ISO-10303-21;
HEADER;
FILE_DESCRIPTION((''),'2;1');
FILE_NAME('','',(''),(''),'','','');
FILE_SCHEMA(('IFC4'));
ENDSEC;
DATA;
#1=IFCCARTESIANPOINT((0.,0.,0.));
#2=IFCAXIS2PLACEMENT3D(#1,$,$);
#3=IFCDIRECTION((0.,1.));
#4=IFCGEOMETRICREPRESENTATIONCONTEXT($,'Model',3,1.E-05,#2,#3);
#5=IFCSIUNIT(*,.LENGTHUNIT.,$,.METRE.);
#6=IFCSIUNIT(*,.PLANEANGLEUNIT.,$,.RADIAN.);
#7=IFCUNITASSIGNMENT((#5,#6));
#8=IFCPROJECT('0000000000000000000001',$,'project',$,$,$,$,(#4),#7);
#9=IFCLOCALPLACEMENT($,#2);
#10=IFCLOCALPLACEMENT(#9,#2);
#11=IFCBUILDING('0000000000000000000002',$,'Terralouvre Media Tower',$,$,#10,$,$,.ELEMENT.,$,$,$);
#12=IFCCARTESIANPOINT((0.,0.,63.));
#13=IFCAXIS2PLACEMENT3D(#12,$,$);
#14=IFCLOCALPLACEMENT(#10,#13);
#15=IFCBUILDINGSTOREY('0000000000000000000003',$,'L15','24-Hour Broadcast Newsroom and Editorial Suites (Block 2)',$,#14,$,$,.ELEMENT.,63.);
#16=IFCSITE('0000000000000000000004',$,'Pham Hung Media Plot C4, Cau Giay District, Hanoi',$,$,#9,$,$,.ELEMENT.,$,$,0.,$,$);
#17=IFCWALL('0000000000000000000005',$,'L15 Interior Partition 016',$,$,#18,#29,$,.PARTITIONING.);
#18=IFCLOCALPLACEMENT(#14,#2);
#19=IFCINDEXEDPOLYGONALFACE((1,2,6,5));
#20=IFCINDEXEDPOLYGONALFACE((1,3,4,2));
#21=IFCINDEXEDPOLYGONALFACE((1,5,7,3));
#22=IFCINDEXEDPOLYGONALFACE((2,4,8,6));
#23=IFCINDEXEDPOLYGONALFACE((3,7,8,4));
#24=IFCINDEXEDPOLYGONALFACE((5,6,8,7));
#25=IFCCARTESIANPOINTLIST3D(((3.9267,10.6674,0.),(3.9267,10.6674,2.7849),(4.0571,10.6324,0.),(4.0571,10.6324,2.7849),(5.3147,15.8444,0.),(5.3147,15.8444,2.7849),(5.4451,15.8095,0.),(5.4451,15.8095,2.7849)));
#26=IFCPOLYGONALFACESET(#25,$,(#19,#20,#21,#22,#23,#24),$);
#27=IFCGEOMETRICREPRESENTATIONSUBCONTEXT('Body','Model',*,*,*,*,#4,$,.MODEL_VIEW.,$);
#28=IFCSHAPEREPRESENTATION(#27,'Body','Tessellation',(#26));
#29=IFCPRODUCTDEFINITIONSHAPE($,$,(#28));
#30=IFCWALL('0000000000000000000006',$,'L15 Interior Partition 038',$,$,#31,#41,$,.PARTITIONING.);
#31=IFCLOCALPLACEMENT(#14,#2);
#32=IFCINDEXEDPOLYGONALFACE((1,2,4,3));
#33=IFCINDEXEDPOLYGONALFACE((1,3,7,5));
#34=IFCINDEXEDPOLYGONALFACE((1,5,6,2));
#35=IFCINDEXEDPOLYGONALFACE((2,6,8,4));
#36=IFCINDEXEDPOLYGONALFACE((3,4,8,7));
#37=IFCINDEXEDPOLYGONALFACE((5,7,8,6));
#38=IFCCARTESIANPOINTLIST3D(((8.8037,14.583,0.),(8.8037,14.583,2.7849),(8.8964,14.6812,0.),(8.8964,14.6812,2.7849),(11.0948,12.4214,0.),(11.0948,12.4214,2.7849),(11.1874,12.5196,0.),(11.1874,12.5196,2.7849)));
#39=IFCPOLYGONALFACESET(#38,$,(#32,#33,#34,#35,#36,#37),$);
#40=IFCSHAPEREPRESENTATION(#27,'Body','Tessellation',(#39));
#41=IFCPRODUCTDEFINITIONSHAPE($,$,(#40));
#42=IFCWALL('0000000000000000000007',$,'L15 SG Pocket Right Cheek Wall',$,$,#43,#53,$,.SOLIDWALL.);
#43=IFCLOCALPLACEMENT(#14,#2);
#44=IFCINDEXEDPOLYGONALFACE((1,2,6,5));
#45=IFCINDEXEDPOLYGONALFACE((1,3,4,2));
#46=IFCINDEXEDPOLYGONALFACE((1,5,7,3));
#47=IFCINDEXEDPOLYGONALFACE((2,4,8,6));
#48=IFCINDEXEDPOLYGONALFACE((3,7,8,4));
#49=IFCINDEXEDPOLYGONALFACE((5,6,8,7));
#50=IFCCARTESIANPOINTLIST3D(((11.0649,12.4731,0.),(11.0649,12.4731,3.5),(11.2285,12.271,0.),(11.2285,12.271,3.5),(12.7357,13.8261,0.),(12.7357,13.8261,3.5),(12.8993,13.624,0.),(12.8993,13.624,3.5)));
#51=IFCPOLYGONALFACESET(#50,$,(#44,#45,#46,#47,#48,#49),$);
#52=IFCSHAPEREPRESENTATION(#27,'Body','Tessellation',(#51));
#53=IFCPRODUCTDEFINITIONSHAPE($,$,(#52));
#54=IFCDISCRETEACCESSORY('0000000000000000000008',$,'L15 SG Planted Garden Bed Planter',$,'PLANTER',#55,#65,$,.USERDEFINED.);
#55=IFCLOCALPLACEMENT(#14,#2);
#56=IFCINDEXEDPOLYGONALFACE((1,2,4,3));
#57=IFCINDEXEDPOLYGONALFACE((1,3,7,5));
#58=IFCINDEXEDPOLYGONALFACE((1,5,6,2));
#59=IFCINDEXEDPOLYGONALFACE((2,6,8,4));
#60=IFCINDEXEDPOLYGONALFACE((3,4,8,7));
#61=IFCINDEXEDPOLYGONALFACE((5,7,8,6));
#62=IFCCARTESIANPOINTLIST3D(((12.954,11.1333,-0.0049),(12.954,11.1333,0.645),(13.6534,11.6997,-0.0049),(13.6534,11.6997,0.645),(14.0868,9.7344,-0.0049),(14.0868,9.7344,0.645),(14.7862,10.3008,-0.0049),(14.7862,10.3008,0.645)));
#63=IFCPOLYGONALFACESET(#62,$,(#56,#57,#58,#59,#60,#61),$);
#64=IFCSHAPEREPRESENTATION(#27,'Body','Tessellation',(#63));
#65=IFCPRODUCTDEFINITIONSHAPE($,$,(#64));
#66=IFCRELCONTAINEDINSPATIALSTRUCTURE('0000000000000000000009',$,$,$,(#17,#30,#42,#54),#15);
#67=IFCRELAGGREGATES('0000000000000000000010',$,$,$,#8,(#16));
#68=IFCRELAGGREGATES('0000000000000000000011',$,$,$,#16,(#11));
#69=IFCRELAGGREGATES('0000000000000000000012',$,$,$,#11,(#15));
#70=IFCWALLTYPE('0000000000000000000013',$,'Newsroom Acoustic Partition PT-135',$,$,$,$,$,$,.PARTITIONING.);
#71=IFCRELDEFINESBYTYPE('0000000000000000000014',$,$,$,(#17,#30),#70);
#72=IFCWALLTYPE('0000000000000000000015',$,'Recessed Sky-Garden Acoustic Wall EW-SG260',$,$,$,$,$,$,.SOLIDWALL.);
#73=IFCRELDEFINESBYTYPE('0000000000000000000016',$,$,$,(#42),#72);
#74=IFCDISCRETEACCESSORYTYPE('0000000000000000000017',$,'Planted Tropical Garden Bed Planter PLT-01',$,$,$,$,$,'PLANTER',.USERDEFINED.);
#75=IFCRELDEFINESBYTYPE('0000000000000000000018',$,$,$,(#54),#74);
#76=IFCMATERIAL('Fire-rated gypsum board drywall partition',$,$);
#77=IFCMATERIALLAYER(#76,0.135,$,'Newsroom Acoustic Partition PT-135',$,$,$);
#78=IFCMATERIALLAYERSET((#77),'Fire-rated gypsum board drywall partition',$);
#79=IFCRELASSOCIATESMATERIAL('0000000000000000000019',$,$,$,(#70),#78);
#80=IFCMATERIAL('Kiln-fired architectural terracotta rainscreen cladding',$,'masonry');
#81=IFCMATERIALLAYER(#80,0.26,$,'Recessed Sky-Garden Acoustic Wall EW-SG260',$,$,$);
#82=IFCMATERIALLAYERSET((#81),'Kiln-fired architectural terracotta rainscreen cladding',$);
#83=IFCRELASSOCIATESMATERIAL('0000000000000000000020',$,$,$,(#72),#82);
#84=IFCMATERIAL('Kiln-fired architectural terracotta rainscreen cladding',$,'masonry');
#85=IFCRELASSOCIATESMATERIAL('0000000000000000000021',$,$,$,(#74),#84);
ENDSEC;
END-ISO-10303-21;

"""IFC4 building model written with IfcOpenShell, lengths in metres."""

from ifc_helpers import new_model, si_unit, direction, frame, frame_2d, origin, origin_2d, place, context, subcontext, project, spatial, rectangle, extrude, material, layer, layer_set, type_object, element, save


model = new_model("IFC4")

# Units and contexts
model_context = context("Model", 3, precision=1e-05, world=origin(), true_north=direction((0.0, 1.0)))
body_context = subcontext(model_context, "Body", "Model", "MODEL_VIEW")
ifc_project = project(units=[si_unit("LENGTHUNIT", "METRE"), si_unit("PLANEANGLEUNIT", "RADIAN")], contexts=[model_context])

# Site, building, storey
site_placement = place(None, origin())
site = spatial("IfcSite", under=ifc_project, at=site_placement, Name="Pham Hung Media Plot C4, Cau Giay District, Hanoi", CompositionType="ELEMENT", RefElevation=0.0)
building_placement = place(site_placement, origin())
building = spatial("IfcBuilding", under=site, at=building_placement, Name="Terralouvre Media Tower", CompositionType="ELEMENT")
storey_placement = place(building_placement, frame((0.0, 0.0, 63.0)))
storey = spatial("IfcBuildingStorey", under=building, at=storey_placement, Name="L15", Description="24-Hour Broadcast Newsroom and Editorial Suites (Block 2)", CompositionType="ELEMENT", Elevation=63.0)

# Shared definitions
ifc_material_1 = material(Name="Fire-rated gypsum board drywall partition")
ifc_layer_1 = layer(ifc_material_1, 0.135, Name="Newsroom Acoustic Partition PT-135")
ifc_layer_set_1 = layer_set([ifc_layer_1], Name="Fire-rated gypsum board drywall partition")
wall_type_1 = type_object("IfcWallType", Name="Newsroom Acoustic Partition PT-135", PredefinedType="PARTITIONING", material=ifc_layer_set_1)

# Walls
wall_1_placement = place(storey_placement, frame((3.9919, 10.6499, 0.0), z_axis=(0.0, 0.0, 1.0), x_axis=(0.258952, 0.96589, 0.0)))
element("IfcWall", 1, at=wall_1_placement, inside=storey, type_object=wall_type_1, Name="L15 Interior Partition 016", PredefinedType="PARTITIONING", context=body_context, shape_type="SweptSolid", body=[
    extrude(rectangle(XDim=5.3599, YDim=0.135, at=frame_2d((2.6799, 0.0))), origin(), (0.0, 0.0, 1.0), 2.7849),
])
wall_2_placement = place(storey_placement, frame((11.1411, 12.4705, 0.0), z_axis=(0.0, 0.0, 1.0), x_axis=(-0.727348, 0.686268, 0.0)))
element("IfcWall", 2, at=wall_2_placement, inside=storey, type_object=wall_type_1, Name="L15 Interior Partition 038", PredefinedType="PARTITIONING", context=body_context, shape_type="SweptSolid", body=[
    extrude(rectangle(XDim=3.1499, YDim=0.135, at=frame_2d((1.575, 0.0))), origin(), (0.0, 0.0, 1.0), 2.7849),
])
ifc_material_2 = material(Name="Kiln-fired architectural terracotta rainscreen cladding", Category="masonry")
ifc_layer_2 = layer(ifc_material_2, 0.26, Name="Recessed Sky-Garden Acoustic Wall EW-SG260")
ifc_layer_set_2 = layer_set([ifc_layer_2], Name="Kiln-fired architectural terracotta rainscreen cladding")
wall_type_2 = type_object("IfcWallType", Name="Recessed Sky-Garden Acoustic Wall EW-SG260", PredefinedType="SOLIDWALL", material=ifc_layer_set_2)
wall_3_placement = place(storey_placement, frame((11.1467, 12.3721, 0.0), z_axis=(0.0, 0.0, 1.0), x_axis=(0.777155, 0.629309, 0.0)))
element("IfcWall", 3, at=wall_3_placement, inside=storey, type_object=wall_type_2, Name="L15 SG Pocket Right Cheek Wall", PredefinedType="SOLIDWALL", context=body_context, shape_type="SweptSolid", body=[
    extrude(rectangle(XDim=2.1499, YDim=0.26, at=frame_2d((1.075, 0.0))), origin(), (0.0, 0.0, 1.0), 3.5),
])

# Discrete accessory
ifc_material_3 = material(Name="Kiln-fired architectural terracotta rainscreen cladding", Category="masonry")
discrete_accessory_type = type_object("IfcDiscreteAccessoryType", Name="Planted Tropical Garden Bed Planter PLT-01", ElementType="PLANTER", PredefinedType="USERDEFINED", material=ifc_material_3)
discrete_accessory_placement = place(storey_placement, frame((13.8701, 10.717, -0.0049), z_axis=(0.0, 0.0, 1.0), x_axis=(-0.62932, 0.777146, 0.0)))
element("IfcDiscreteAccessory", 4, at=discrete_accessory_placement, inside=storey, type_object=discrete_accessory_type, Name="L15 SG Planted Garden Bed Planter", ObjectType="PLANTER", PredefinedType="USERDEFINED", context=body_context, shape_type="SweptSolid", body=[
    extrude(rectangle(XDim=1.8, YDim=0.8999, at=origin_2d()), origin(), (0.0, 0.0, 1.0), 0.6499),
])

save(model, "model.ifc")
